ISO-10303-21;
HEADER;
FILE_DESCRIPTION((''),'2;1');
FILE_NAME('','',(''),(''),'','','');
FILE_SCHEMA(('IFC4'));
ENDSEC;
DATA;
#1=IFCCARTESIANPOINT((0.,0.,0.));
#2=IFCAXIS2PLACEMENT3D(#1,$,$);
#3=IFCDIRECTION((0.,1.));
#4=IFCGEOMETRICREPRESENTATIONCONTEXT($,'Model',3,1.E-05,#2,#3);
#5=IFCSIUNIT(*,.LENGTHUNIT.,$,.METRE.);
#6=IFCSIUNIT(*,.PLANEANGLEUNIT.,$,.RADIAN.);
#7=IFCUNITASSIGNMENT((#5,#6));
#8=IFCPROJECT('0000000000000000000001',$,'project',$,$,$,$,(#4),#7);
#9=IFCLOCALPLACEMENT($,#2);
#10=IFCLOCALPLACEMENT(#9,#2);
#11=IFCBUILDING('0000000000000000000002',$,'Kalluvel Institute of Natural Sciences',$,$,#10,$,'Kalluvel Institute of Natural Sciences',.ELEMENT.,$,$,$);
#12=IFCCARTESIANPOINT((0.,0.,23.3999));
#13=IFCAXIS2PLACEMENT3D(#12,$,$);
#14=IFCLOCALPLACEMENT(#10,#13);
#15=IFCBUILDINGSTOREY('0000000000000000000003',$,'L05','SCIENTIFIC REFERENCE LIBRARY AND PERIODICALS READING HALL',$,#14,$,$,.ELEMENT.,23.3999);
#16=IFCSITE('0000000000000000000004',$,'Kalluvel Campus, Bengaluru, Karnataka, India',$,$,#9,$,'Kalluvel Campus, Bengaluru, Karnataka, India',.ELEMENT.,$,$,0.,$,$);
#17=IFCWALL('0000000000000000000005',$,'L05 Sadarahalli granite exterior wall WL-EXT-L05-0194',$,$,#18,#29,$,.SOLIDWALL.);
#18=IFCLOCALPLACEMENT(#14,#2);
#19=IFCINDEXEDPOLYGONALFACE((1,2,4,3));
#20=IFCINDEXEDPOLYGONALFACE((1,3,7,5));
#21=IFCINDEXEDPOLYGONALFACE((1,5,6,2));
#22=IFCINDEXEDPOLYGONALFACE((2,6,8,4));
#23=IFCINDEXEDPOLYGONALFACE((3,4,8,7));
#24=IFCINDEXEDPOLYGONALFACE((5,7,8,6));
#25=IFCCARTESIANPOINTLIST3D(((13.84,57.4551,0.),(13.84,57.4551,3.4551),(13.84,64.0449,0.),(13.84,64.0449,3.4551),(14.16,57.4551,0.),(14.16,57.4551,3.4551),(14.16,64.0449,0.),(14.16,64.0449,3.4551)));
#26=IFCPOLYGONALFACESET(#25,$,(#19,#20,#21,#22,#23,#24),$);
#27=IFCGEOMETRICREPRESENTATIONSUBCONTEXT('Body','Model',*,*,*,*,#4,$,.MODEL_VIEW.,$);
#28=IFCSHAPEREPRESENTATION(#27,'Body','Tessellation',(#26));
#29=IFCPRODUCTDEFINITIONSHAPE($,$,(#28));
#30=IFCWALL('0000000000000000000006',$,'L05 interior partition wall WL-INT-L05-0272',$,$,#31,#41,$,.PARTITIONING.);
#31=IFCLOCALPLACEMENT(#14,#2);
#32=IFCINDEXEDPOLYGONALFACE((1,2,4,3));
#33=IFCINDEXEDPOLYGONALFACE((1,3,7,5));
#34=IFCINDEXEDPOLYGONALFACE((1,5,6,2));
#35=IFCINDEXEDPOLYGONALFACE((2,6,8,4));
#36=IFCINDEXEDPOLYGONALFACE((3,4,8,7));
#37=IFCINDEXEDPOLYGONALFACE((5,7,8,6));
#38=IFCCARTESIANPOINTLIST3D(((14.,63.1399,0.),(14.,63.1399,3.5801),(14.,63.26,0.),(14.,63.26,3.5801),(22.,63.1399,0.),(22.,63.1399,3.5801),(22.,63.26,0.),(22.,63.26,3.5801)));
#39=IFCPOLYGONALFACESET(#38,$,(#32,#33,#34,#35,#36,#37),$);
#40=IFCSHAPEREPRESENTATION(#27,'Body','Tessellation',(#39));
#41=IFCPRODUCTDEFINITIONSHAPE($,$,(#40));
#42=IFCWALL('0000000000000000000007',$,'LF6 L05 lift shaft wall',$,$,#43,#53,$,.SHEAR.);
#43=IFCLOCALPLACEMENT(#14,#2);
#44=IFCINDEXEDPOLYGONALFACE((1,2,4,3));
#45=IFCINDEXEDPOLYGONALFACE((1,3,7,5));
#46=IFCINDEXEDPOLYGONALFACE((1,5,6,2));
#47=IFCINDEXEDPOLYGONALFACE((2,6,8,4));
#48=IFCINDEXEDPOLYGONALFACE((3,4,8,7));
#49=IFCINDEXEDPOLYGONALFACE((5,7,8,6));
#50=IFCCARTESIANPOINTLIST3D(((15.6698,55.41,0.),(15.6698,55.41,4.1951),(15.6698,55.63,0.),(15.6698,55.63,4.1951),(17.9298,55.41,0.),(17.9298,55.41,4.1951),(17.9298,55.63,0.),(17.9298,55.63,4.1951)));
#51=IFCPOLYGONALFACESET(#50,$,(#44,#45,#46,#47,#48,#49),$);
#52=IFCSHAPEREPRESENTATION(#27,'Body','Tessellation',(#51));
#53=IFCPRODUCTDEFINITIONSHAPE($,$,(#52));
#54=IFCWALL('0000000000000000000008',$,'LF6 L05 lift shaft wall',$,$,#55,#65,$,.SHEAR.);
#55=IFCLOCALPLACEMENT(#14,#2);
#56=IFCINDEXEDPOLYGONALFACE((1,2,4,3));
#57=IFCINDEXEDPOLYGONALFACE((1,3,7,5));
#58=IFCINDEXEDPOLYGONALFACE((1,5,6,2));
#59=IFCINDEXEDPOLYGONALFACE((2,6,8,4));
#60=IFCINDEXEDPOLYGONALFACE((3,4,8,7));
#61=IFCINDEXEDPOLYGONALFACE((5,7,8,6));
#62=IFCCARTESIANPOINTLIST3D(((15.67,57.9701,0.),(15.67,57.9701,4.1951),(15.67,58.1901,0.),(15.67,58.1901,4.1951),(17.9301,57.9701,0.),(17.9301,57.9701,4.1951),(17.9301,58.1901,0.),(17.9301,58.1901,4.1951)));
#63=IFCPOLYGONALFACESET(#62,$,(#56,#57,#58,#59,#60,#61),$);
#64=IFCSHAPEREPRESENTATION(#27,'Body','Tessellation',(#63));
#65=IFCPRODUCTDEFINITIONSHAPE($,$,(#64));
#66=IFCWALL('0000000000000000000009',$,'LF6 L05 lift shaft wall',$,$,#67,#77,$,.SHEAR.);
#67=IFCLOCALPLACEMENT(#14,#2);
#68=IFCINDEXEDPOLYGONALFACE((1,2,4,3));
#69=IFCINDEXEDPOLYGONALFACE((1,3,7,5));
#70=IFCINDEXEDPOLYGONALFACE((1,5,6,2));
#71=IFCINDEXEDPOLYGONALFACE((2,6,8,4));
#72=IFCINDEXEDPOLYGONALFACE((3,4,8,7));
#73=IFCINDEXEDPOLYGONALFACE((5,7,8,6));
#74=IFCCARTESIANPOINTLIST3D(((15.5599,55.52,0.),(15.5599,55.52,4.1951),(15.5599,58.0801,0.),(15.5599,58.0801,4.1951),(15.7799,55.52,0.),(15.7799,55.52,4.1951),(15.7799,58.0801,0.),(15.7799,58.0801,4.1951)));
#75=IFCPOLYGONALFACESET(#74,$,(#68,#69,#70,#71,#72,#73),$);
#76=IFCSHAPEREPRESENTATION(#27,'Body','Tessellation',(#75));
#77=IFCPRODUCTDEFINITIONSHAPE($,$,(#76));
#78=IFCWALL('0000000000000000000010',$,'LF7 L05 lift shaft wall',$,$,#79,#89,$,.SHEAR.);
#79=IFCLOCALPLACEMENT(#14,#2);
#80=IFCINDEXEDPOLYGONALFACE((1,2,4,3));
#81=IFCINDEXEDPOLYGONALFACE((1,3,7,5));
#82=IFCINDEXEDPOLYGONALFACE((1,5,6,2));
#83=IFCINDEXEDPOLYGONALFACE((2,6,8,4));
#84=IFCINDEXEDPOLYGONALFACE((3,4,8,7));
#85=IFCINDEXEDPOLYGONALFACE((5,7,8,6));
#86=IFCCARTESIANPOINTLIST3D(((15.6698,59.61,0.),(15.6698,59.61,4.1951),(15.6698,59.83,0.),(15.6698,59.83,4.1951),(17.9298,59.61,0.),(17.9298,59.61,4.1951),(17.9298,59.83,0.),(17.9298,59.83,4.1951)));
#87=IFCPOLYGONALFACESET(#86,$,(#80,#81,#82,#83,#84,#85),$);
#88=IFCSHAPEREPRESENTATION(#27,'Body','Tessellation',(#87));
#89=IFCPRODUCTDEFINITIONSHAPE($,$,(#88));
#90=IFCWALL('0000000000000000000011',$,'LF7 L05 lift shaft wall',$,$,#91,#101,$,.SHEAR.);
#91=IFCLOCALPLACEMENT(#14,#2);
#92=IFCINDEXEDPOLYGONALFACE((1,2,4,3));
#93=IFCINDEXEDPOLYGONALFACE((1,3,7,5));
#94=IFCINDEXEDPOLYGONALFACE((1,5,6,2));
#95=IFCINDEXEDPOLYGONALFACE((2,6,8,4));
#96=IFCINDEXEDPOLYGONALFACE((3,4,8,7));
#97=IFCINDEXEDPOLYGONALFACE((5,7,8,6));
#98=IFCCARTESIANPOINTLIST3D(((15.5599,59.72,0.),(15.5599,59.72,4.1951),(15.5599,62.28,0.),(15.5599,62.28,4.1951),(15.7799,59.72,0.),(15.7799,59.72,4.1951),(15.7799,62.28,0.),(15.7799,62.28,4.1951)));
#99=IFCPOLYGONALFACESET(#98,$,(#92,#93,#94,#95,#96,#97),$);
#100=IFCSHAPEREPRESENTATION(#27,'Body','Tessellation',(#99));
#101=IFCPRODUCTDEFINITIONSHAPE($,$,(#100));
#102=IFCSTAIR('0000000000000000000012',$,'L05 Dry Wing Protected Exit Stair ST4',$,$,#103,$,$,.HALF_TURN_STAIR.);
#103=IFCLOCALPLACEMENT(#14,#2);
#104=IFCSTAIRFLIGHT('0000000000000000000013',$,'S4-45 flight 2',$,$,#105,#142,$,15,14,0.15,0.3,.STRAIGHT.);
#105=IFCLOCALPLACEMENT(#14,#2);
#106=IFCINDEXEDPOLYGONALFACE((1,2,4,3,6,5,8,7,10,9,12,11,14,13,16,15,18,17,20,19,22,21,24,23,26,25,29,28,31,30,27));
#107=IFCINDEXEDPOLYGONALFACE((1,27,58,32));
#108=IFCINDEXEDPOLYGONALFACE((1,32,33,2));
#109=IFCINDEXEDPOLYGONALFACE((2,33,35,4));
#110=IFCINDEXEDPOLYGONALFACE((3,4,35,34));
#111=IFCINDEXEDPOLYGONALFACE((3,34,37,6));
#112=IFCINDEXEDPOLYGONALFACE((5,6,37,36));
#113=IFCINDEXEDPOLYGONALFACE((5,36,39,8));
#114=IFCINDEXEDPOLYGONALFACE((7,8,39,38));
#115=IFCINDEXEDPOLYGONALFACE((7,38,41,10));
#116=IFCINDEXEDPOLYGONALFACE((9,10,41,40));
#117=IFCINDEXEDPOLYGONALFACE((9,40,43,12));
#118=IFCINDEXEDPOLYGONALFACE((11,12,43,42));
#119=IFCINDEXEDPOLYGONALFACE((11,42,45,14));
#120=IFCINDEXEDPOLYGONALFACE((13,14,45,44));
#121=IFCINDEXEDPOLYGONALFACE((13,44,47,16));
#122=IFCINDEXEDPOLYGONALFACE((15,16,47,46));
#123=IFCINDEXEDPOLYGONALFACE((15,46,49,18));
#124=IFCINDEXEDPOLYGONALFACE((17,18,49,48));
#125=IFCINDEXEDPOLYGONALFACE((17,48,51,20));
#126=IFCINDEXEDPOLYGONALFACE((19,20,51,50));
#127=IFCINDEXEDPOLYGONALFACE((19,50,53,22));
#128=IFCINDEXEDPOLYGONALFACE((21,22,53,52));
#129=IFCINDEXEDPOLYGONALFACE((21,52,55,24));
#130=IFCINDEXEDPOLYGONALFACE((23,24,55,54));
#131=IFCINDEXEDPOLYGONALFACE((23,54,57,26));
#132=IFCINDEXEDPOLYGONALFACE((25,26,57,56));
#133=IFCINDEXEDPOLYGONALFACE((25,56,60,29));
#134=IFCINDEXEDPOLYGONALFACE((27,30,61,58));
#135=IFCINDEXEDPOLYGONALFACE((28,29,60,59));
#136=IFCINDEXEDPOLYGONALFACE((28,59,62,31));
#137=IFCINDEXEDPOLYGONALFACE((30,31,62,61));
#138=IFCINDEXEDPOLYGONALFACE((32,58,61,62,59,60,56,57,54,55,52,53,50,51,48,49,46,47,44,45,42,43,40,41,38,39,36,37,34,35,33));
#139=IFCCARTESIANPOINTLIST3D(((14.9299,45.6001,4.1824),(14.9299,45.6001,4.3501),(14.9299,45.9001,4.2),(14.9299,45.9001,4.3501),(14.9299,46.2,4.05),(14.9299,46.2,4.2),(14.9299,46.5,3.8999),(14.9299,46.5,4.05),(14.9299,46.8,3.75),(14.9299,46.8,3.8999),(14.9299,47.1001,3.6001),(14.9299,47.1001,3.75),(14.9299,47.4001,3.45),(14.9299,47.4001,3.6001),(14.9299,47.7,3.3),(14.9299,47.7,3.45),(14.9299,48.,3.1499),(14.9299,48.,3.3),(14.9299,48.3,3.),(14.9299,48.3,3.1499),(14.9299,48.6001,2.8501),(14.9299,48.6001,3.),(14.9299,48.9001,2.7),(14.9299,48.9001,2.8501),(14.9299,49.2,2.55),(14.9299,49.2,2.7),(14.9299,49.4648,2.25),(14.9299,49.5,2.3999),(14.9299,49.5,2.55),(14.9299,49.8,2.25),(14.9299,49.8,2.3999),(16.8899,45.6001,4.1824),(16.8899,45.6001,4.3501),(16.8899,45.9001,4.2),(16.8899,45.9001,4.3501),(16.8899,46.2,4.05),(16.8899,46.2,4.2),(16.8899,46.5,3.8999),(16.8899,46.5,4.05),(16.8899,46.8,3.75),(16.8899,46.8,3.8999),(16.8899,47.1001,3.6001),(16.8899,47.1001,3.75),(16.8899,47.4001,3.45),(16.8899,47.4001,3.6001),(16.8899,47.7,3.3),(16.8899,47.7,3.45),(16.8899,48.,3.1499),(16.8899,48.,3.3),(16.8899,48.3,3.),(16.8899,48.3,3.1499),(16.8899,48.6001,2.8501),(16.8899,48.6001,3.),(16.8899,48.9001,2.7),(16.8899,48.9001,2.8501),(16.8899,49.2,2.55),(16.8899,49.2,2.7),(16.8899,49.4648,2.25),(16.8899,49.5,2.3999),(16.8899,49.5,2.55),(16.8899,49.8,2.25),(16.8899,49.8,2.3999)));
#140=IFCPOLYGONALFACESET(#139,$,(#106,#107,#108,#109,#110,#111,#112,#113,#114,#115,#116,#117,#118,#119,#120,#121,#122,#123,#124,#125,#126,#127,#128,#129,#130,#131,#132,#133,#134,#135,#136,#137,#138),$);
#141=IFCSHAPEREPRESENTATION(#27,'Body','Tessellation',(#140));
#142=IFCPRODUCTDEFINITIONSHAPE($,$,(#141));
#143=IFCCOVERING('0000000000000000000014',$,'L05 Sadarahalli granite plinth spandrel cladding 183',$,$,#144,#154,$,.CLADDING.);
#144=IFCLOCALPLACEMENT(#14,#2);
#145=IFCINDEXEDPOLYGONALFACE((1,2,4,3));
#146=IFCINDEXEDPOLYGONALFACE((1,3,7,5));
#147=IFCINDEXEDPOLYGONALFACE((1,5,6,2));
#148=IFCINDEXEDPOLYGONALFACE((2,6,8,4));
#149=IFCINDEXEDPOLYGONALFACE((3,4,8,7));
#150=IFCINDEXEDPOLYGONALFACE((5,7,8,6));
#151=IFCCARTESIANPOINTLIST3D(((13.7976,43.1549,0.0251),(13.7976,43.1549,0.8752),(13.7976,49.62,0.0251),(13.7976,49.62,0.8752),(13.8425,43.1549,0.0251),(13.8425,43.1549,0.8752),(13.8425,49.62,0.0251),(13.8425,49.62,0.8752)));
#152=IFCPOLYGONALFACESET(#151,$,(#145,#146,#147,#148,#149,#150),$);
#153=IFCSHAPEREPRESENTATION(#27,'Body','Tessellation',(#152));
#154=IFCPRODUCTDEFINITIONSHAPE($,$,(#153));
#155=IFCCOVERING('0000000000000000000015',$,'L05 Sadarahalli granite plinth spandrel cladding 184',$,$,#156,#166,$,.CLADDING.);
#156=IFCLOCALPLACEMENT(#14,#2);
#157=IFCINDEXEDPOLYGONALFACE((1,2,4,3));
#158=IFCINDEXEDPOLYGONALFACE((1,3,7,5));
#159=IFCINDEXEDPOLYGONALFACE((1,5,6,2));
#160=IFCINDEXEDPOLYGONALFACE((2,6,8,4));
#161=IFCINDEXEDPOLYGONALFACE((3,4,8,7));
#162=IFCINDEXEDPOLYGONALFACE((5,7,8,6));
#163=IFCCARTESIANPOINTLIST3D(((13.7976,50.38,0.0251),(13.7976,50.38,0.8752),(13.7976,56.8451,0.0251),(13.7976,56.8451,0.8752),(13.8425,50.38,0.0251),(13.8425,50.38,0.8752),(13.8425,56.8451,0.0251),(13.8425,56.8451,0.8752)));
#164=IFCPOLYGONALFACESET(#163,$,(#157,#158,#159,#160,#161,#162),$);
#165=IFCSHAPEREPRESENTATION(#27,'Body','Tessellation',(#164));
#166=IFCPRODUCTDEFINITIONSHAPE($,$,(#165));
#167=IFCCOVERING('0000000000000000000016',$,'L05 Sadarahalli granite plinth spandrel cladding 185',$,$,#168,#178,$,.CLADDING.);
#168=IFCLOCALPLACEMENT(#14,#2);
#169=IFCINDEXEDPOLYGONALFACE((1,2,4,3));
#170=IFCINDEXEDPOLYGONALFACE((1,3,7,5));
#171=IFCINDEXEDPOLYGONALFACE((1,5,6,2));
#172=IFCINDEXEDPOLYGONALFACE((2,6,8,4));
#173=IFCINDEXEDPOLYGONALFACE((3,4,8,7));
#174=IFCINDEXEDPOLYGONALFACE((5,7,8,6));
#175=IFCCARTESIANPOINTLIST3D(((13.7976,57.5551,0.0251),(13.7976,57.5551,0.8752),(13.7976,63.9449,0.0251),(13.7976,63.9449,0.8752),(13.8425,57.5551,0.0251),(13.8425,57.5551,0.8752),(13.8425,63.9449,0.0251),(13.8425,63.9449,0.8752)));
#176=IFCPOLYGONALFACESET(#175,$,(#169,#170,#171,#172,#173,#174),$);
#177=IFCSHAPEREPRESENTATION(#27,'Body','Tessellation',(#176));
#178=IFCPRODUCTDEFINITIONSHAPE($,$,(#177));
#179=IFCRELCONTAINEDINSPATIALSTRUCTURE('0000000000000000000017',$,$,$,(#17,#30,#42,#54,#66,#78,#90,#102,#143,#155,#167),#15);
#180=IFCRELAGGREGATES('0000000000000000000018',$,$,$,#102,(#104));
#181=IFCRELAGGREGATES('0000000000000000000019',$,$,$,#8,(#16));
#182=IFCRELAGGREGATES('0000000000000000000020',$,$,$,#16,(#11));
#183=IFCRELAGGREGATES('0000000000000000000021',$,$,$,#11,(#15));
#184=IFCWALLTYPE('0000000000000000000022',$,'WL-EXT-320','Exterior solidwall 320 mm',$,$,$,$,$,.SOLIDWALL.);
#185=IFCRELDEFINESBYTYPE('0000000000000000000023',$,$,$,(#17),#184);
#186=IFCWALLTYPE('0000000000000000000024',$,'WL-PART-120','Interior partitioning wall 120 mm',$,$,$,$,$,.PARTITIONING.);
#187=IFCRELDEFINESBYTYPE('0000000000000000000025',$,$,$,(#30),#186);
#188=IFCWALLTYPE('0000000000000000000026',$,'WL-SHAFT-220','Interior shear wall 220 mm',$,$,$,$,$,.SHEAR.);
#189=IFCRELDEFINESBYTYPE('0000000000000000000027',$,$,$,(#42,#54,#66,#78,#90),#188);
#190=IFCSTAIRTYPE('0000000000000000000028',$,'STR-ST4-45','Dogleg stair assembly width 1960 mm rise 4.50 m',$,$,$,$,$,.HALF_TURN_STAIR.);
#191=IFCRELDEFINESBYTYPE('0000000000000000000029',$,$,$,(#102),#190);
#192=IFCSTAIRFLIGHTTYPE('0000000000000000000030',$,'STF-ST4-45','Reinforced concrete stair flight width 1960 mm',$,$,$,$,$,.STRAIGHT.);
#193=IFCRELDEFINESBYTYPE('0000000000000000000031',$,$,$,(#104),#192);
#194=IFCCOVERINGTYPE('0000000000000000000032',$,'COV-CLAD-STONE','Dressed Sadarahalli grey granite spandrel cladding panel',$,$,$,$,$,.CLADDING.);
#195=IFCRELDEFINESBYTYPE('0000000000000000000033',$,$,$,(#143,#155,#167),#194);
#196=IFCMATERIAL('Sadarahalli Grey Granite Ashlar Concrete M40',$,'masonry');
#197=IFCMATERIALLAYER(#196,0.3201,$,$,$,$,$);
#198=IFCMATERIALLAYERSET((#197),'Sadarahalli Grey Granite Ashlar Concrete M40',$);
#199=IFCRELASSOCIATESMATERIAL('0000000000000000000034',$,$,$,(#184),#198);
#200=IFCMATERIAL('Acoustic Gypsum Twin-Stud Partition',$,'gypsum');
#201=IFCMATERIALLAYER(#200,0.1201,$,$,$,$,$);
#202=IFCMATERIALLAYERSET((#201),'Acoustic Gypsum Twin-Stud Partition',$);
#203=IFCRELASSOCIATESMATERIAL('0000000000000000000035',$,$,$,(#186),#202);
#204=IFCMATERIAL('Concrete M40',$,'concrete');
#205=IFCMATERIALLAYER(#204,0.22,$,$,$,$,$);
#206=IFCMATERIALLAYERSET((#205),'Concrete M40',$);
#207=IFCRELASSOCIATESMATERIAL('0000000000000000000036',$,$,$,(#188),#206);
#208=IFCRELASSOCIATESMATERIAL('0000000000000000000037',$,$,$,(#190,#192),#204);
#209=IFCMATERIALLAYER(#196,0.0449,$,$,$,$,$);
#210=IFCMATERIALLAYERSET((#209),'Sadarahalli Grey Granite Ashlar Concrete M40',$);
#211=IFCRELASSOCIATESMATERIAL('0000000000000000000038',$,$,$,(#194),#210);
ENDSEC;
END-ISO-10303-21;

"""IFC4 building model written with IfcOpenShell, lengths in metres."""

from ifc_helpers import new_model, si_unit, direction, frame, frame_2d, origin, origin_2d, place, context, subcontext, project, spatial, polyline, rectangle, outline, extrude, material, layer, layer_set, type_object, element, aggregate, save


model = new_model("IFC4")

# Units and contexts
model_context = context("Model", 3, precision=1e-05, world=origin(), true_north=direction((0.0, 1.0)))
body_context = subcontext(model_context, "Body", "Model", "MODEL_VIEW")
ifc_project = project(units=[si_unit("LENGTHUNIT", "METRE"), si_unit("PLANEANGLEUNIT", "RADIAN")], contexts=[model_context])

# Site, building, storey
site_placement = place(None, origin())
site = spatial("IfcSite", under=ifc_project, at=site_placement, Name="Kalluvel Campus, Bengaluru, Karnataka, India", LongName="Kalluvel Campus, Bengaluru, Karnataka, India", CompositionType="ELEMENT", RefElevation=0.0)
building_placement = place(site_placement, origin())
building = spatial("IfcBuilding", under=site, at=building_placement, Name="Kalluvel Institute of Natural Sciences", LongName="Kalluvel Institute of Natural Sciences", CompositionType="ELEMENT")
storey_placement = place(building_placement, frame((0.0, 0.0, 23.3999)))
storey = spatial("IfcBuildingStorey", under=building, at=storey_placement, Name="L05", Description="SCIENTIFIC REFERENCE LIBRARY AND PERIODICALS READING HALL", CompositionType="ELEMENT", Elevation=23.3999)

# Shared definitions
ifc_material_1 = material(Name="Concrete M40", Category="concrete")

# Walls
ifc_material_2 = material(Name="Sadarahalli Grey Granite Ashlar Concrete M40", Category="masonry")
ifc_layer_1 = layer(ifc_material_2, 0.3201)
ifc_layer_set_1 = layer_set([ifc_layer_1], Name="Sadarahalli Grey Granite Ashlar Concrete M40")
wall_type_1 = type_object("IfcWallType", Name="WL-EXT-320", Description="Exterior solidwall 320 mm", PredefinedType="SOLIDWALL", material=ifc_layer_set_1)
wall_1_placement = place(storey_placement, frame((14.0, 57.4551, 0.0), z_axis=(0.0, 0.0, 1.0), x_axis=(0.0, 1.0, 0.0)))
element("IfcWall", 1, at=wall_1_placement, inside=storey, type_object=wall_type_1, Name="L05 Sadarahalli granite exterior wall WL-EXT-L05-0194", PredefinedType="SOLIDWALL", context=body_context, shape_type="SweptSolid", body=[
    extrude(rectangle(XDim=6.5898, YDim=0.3201, at=frame_2d((3.2949, 0.0))), origin(), (0.0, 0.0, 1.0), 3.4551),
])
ifc_material_3 = material(Name="Acoustic Gypsum Twin-Stud Partition", Category="gypsum")
ifc_layer_2 = layer(ifc_material_3, 0.1201)
ifc_layer_set_2 = layer_set([ifc_layer_2], Name="Acoustic Gypsum Twin-Stud Partition")
wall_type_2 = type_object("IfcWallType", Name="WL-PART-120", Description="Interior partitioning wall 120 mm", PredefinedType="PARTITIONING", material=ifc_layer_set_2)
wall_2_placement = place(storey_placement, frame((14.0, 63.2, 0.0), z_axis=(0.0, 0.0, 1.0), x_axis=(1.0, 0.0, 0.0)))
element("IfcWall", 2, at=wall_2_placement, inside=storey, type_object=wall_type_2, Name="L05 interior partition wall WL-INT-L05-0272", PredefinedType="PARTITIONING", context=body_context, shape_type="SweptSolid", body=[
    extrude(rectangle(XDim=8.0, YDim=0.1201, at=frame_2d((4.0, 0.0))), origin(), (0.0, 0.0, 1.0), 3.5801),
])
ifc_layer_3 = layer(ifc_material_1, 0.22)
ifc_layer_set_3 = layer_set([ifc_layer_3], Name="Concrete M40")
wall_type_3 = type_object("IfcWallType", Name="WL-SHAFT-220", Description="Interior shear wall 220 mm", PredefinedType="SHEAR", material=ifc_layer_set_3)
wall_3_placement = place(storey_placement, frame((15.6699, 55.52, 0.0), z_axis=(0.0, 0.0, 1.0), x_axis=(1.0, 0.0, 0.0)))
element("IfcWall", 3, at=wall_3_placement, inside=storey, type_object=wall_type_3, Name="LF6 L05 lift shaft wall", PredefinedType="SHEAR", context=body_context, shape_type="SweptSolid", body=[
    extrude(rectangle(XDim=2.26, YDim=0.22, at=frame_2d((1.1299, 0.0))), origin(), (0.0, 0.0, 1.0), 4.1951),
])

# Walls
wall_4_placement = place(storey_placement, frame((17.9299, 58.0801, 0.0), z_axis=(0.0, 0.0, 1.0), x_axis=(-1.0, 0.0, 0.0)))
element("IfcWall", 4, at=wall_4_placement, inside=storey, type_object=wall_type_3, Name="LF6 L05 lift shaft wall", PredefinedType="SHEAR", context=body_context, shape_type="SweptSolid", body=[
    extrude(rectangle(XDim=2.26, YDim=0.22, at=frame_2d((1.1299, 0.0))), origin(), (0.0, 0.0, 1.0), 4.1951),
])
wall_5_placement = place(storey_placement, frame((15.6699, 58.0801, 0.0), z_axis=(0.0, 0.0, 1.0), x_axis=(0.0, -1.0, 0.0)))
element("IfcWall", 5, at=wall_5_placement, inside=storey, type_object=wall_type_3, Name="LF6 L05 lift shaft wall", PredefinedType="SHEAR", context=body_context, shape_type="SweptSolid", body=[
    extrude(rectangle(XDim=2.5601, YDim=0.22, at=frame_2d((1.28, 0.0))), origin(), (0.0, 0.0, 1.0), 4.1951),
])
wall_6_placement = place(storey_placement, frame((15.6699, 59.72, 0.0), z_axis=(0.0, 0.0, 1.0), x_axis=(1.0, 0.0, 0.0)))
element("IfcWall", 6, at=wall_6_placement, inside=storey, type_object=wall_type_3, Name="LF7 L05 lift shaft wall", PredefinedType="SHEAR", context=body_context, shape_type="SweptSolid", body=[
    extrude(rectangle(XDim=2.26, YDim=0.22, at=frame_2d((1.1299, 0.0))), origin(), (0.0, 0.0, 1.0), 4.1951),
])
wall_7_placement = place(storey_placement, frame((15.6699, 62.28, 0.0), z_axis=(0.0, 0.0, 1.0), x_axis=(0.0, -1.0, 0.0)))
element("IfcWall", 7, at=wall_7_placement, inside=storey, type_object=wall_type_3, Name="LF7 L05 lift shaft wall", PredefinedType="SHEAR", context=body_context, shape_type="SweptSolid", body=[
    extrude(rectangle(XDim=2.5601, YDim=0.22, at=frame_2d((1.28, 0.0))), origin(), (0.0, 0.0, 1.0), 4.1951),
])

# Stair, stair flight
stair_type = type_object("IfcStairType", Name="STR-ST4-45", Description="Dogleg stair assembly width 1960 mm rise 4.50 m", PredefinedType="HALF_TURN_STAIR", material=ifc_material_1)
stair_placement = place(storey_placement, origin())
stair = element("IfcStair", 8, at=stair_placement, inside=storey, type_object=stair_type, Name="L05 Dry Wing Protected Exit Stair ST4", PredefinedType="HALF_TURN_STAIR")
stair_flight_type = type_object("IfcStairFlightType", Name="STF-ST4-45", Description="Reinforced concrete stair flight width 1960 mm", PredefinedType="STRAIGHT", material=ifc_material_1)
stair_flight_placement = place(storey_placement, frame((15.9099, 49.8, 2.25), z_axis=(0.0, 0.0, 1.0), x_axis=(0.0, -1.0, 0.0)))
stair_flight = element("IfcStairFlight", 9, at=stair_flight_placement, type_object=stair_flight_type, Name="S4-45 flight 2", NumberOfRisers=15, NumberOfTreads=14, PredefinedType="STRAIGHT", RiserHeight=0.15, TreadLength=0.3, context=body_context, shape_type="SweptSolid", body=[
    extrude(outline(polyline([(0.0, 0.0), (0.0, 0.1499), (0.3, 0.1499), (0.3, 0.3), (0.6001, 0.3), (0.6001, 0.45), (0.8999, 0.45), (0.8999, 0.6001), (1.2, 0.6001), (1.2, 0.75), (1.5, 0.75), (1.5, 0.8999), (1.8, 0.8999), (1.8, 1.05), (2.1001, 1.05), (2.1001, 1.2), (2.3999, 1.2), (2.3999, 1.3501), (2.7, 1.3501), (2.7, 1.5), (3.0, 1.5), (3.0, 1.6499), (3.3, 1.6499), (3.3, 1.8), (3.6001, 1.8), (3.6001, 1.95), (3.8999, 1.95), (3.8999, 2.1001), (4.2, 2.1001), (4.2, 2.25), (4.2, 1.9324), (0.3352, 0.0), (0.0, 0.0)])), frame((0.0, 0.98, 0.0), z_axis=(0.0, -1.0, 0.0), x_axis=(1.0, 0.0, 0.0)), (0.0, 0.0, 1.0), 1.96),
])
aggregate(stair, [stair_flight])

# Coverings
ifc_layer_4 = layer(ifc_material_2, 0.0449)
ifc_layer_set_4 = layer_set([ifc_layer_4], Name="Sadarahalli Grey Granite Ashlar Concrete M40")
covering_type = type_object("IfcCoveringType", Name="COV-CLAD-STONE", Description="Dressed Sadarahalli grey granite spandrel cladding panel", PredefinedType="CLADDING", material=ifc_layer_set_4)
for number, where, z_axis, x_axis, name in (
    (10, (13.8201, 46.3875, 0.0251), (0.0, 0.0, 1.0), (0.0, 1.0, 0.0), "L05 Sadarahalli granite plinth spandrel cladding 183"),
    (11, (13.8201, 53.6125, 0.0251), (0.0, 0.0, 1.0), (0.0, 1.0, 0.0), "L05 Sadarahalli granite plinth spandrel cladding 184"),
):
    element("IfcCovering", number, at=place(storey_placement, frame(where, z_axis=z_axis, x_axis=x_axis)), inside=storey, type_object=covering_type, Name=name, PredefinedType="CLADDING", context=body_context, shape_type="SweptSolid", body=[
        extrude(rectangle(XDim=6.4651, YDim=0.0449, at=origin_2d()), origin(), (0.0, 0.0, 1.0), 0.8501),
    ])
covering_placement = place(storey_placement, frame((13.8201, 60.75, 0.0251), z_axis=(0.0, 0.0, 1.0), x_axis=(0.0, 1.0, 0.0)))
element("IfcCovering", 12, at=covering_placement, inside=storey, type_object=covering_type, Name="L05 Sadarahalli granite plinth spandrel cladding 185", PredefinedType="CLADDING", context=body_context, shape_type="SweptSolid", body=[
    extrude(rectangle(XDim=6.3899, YDim=0.0449, at=origin_2d()), origin(), (0.0, 0.0, 1.0), 0.8501),
])

save(model, "model.ifc")
